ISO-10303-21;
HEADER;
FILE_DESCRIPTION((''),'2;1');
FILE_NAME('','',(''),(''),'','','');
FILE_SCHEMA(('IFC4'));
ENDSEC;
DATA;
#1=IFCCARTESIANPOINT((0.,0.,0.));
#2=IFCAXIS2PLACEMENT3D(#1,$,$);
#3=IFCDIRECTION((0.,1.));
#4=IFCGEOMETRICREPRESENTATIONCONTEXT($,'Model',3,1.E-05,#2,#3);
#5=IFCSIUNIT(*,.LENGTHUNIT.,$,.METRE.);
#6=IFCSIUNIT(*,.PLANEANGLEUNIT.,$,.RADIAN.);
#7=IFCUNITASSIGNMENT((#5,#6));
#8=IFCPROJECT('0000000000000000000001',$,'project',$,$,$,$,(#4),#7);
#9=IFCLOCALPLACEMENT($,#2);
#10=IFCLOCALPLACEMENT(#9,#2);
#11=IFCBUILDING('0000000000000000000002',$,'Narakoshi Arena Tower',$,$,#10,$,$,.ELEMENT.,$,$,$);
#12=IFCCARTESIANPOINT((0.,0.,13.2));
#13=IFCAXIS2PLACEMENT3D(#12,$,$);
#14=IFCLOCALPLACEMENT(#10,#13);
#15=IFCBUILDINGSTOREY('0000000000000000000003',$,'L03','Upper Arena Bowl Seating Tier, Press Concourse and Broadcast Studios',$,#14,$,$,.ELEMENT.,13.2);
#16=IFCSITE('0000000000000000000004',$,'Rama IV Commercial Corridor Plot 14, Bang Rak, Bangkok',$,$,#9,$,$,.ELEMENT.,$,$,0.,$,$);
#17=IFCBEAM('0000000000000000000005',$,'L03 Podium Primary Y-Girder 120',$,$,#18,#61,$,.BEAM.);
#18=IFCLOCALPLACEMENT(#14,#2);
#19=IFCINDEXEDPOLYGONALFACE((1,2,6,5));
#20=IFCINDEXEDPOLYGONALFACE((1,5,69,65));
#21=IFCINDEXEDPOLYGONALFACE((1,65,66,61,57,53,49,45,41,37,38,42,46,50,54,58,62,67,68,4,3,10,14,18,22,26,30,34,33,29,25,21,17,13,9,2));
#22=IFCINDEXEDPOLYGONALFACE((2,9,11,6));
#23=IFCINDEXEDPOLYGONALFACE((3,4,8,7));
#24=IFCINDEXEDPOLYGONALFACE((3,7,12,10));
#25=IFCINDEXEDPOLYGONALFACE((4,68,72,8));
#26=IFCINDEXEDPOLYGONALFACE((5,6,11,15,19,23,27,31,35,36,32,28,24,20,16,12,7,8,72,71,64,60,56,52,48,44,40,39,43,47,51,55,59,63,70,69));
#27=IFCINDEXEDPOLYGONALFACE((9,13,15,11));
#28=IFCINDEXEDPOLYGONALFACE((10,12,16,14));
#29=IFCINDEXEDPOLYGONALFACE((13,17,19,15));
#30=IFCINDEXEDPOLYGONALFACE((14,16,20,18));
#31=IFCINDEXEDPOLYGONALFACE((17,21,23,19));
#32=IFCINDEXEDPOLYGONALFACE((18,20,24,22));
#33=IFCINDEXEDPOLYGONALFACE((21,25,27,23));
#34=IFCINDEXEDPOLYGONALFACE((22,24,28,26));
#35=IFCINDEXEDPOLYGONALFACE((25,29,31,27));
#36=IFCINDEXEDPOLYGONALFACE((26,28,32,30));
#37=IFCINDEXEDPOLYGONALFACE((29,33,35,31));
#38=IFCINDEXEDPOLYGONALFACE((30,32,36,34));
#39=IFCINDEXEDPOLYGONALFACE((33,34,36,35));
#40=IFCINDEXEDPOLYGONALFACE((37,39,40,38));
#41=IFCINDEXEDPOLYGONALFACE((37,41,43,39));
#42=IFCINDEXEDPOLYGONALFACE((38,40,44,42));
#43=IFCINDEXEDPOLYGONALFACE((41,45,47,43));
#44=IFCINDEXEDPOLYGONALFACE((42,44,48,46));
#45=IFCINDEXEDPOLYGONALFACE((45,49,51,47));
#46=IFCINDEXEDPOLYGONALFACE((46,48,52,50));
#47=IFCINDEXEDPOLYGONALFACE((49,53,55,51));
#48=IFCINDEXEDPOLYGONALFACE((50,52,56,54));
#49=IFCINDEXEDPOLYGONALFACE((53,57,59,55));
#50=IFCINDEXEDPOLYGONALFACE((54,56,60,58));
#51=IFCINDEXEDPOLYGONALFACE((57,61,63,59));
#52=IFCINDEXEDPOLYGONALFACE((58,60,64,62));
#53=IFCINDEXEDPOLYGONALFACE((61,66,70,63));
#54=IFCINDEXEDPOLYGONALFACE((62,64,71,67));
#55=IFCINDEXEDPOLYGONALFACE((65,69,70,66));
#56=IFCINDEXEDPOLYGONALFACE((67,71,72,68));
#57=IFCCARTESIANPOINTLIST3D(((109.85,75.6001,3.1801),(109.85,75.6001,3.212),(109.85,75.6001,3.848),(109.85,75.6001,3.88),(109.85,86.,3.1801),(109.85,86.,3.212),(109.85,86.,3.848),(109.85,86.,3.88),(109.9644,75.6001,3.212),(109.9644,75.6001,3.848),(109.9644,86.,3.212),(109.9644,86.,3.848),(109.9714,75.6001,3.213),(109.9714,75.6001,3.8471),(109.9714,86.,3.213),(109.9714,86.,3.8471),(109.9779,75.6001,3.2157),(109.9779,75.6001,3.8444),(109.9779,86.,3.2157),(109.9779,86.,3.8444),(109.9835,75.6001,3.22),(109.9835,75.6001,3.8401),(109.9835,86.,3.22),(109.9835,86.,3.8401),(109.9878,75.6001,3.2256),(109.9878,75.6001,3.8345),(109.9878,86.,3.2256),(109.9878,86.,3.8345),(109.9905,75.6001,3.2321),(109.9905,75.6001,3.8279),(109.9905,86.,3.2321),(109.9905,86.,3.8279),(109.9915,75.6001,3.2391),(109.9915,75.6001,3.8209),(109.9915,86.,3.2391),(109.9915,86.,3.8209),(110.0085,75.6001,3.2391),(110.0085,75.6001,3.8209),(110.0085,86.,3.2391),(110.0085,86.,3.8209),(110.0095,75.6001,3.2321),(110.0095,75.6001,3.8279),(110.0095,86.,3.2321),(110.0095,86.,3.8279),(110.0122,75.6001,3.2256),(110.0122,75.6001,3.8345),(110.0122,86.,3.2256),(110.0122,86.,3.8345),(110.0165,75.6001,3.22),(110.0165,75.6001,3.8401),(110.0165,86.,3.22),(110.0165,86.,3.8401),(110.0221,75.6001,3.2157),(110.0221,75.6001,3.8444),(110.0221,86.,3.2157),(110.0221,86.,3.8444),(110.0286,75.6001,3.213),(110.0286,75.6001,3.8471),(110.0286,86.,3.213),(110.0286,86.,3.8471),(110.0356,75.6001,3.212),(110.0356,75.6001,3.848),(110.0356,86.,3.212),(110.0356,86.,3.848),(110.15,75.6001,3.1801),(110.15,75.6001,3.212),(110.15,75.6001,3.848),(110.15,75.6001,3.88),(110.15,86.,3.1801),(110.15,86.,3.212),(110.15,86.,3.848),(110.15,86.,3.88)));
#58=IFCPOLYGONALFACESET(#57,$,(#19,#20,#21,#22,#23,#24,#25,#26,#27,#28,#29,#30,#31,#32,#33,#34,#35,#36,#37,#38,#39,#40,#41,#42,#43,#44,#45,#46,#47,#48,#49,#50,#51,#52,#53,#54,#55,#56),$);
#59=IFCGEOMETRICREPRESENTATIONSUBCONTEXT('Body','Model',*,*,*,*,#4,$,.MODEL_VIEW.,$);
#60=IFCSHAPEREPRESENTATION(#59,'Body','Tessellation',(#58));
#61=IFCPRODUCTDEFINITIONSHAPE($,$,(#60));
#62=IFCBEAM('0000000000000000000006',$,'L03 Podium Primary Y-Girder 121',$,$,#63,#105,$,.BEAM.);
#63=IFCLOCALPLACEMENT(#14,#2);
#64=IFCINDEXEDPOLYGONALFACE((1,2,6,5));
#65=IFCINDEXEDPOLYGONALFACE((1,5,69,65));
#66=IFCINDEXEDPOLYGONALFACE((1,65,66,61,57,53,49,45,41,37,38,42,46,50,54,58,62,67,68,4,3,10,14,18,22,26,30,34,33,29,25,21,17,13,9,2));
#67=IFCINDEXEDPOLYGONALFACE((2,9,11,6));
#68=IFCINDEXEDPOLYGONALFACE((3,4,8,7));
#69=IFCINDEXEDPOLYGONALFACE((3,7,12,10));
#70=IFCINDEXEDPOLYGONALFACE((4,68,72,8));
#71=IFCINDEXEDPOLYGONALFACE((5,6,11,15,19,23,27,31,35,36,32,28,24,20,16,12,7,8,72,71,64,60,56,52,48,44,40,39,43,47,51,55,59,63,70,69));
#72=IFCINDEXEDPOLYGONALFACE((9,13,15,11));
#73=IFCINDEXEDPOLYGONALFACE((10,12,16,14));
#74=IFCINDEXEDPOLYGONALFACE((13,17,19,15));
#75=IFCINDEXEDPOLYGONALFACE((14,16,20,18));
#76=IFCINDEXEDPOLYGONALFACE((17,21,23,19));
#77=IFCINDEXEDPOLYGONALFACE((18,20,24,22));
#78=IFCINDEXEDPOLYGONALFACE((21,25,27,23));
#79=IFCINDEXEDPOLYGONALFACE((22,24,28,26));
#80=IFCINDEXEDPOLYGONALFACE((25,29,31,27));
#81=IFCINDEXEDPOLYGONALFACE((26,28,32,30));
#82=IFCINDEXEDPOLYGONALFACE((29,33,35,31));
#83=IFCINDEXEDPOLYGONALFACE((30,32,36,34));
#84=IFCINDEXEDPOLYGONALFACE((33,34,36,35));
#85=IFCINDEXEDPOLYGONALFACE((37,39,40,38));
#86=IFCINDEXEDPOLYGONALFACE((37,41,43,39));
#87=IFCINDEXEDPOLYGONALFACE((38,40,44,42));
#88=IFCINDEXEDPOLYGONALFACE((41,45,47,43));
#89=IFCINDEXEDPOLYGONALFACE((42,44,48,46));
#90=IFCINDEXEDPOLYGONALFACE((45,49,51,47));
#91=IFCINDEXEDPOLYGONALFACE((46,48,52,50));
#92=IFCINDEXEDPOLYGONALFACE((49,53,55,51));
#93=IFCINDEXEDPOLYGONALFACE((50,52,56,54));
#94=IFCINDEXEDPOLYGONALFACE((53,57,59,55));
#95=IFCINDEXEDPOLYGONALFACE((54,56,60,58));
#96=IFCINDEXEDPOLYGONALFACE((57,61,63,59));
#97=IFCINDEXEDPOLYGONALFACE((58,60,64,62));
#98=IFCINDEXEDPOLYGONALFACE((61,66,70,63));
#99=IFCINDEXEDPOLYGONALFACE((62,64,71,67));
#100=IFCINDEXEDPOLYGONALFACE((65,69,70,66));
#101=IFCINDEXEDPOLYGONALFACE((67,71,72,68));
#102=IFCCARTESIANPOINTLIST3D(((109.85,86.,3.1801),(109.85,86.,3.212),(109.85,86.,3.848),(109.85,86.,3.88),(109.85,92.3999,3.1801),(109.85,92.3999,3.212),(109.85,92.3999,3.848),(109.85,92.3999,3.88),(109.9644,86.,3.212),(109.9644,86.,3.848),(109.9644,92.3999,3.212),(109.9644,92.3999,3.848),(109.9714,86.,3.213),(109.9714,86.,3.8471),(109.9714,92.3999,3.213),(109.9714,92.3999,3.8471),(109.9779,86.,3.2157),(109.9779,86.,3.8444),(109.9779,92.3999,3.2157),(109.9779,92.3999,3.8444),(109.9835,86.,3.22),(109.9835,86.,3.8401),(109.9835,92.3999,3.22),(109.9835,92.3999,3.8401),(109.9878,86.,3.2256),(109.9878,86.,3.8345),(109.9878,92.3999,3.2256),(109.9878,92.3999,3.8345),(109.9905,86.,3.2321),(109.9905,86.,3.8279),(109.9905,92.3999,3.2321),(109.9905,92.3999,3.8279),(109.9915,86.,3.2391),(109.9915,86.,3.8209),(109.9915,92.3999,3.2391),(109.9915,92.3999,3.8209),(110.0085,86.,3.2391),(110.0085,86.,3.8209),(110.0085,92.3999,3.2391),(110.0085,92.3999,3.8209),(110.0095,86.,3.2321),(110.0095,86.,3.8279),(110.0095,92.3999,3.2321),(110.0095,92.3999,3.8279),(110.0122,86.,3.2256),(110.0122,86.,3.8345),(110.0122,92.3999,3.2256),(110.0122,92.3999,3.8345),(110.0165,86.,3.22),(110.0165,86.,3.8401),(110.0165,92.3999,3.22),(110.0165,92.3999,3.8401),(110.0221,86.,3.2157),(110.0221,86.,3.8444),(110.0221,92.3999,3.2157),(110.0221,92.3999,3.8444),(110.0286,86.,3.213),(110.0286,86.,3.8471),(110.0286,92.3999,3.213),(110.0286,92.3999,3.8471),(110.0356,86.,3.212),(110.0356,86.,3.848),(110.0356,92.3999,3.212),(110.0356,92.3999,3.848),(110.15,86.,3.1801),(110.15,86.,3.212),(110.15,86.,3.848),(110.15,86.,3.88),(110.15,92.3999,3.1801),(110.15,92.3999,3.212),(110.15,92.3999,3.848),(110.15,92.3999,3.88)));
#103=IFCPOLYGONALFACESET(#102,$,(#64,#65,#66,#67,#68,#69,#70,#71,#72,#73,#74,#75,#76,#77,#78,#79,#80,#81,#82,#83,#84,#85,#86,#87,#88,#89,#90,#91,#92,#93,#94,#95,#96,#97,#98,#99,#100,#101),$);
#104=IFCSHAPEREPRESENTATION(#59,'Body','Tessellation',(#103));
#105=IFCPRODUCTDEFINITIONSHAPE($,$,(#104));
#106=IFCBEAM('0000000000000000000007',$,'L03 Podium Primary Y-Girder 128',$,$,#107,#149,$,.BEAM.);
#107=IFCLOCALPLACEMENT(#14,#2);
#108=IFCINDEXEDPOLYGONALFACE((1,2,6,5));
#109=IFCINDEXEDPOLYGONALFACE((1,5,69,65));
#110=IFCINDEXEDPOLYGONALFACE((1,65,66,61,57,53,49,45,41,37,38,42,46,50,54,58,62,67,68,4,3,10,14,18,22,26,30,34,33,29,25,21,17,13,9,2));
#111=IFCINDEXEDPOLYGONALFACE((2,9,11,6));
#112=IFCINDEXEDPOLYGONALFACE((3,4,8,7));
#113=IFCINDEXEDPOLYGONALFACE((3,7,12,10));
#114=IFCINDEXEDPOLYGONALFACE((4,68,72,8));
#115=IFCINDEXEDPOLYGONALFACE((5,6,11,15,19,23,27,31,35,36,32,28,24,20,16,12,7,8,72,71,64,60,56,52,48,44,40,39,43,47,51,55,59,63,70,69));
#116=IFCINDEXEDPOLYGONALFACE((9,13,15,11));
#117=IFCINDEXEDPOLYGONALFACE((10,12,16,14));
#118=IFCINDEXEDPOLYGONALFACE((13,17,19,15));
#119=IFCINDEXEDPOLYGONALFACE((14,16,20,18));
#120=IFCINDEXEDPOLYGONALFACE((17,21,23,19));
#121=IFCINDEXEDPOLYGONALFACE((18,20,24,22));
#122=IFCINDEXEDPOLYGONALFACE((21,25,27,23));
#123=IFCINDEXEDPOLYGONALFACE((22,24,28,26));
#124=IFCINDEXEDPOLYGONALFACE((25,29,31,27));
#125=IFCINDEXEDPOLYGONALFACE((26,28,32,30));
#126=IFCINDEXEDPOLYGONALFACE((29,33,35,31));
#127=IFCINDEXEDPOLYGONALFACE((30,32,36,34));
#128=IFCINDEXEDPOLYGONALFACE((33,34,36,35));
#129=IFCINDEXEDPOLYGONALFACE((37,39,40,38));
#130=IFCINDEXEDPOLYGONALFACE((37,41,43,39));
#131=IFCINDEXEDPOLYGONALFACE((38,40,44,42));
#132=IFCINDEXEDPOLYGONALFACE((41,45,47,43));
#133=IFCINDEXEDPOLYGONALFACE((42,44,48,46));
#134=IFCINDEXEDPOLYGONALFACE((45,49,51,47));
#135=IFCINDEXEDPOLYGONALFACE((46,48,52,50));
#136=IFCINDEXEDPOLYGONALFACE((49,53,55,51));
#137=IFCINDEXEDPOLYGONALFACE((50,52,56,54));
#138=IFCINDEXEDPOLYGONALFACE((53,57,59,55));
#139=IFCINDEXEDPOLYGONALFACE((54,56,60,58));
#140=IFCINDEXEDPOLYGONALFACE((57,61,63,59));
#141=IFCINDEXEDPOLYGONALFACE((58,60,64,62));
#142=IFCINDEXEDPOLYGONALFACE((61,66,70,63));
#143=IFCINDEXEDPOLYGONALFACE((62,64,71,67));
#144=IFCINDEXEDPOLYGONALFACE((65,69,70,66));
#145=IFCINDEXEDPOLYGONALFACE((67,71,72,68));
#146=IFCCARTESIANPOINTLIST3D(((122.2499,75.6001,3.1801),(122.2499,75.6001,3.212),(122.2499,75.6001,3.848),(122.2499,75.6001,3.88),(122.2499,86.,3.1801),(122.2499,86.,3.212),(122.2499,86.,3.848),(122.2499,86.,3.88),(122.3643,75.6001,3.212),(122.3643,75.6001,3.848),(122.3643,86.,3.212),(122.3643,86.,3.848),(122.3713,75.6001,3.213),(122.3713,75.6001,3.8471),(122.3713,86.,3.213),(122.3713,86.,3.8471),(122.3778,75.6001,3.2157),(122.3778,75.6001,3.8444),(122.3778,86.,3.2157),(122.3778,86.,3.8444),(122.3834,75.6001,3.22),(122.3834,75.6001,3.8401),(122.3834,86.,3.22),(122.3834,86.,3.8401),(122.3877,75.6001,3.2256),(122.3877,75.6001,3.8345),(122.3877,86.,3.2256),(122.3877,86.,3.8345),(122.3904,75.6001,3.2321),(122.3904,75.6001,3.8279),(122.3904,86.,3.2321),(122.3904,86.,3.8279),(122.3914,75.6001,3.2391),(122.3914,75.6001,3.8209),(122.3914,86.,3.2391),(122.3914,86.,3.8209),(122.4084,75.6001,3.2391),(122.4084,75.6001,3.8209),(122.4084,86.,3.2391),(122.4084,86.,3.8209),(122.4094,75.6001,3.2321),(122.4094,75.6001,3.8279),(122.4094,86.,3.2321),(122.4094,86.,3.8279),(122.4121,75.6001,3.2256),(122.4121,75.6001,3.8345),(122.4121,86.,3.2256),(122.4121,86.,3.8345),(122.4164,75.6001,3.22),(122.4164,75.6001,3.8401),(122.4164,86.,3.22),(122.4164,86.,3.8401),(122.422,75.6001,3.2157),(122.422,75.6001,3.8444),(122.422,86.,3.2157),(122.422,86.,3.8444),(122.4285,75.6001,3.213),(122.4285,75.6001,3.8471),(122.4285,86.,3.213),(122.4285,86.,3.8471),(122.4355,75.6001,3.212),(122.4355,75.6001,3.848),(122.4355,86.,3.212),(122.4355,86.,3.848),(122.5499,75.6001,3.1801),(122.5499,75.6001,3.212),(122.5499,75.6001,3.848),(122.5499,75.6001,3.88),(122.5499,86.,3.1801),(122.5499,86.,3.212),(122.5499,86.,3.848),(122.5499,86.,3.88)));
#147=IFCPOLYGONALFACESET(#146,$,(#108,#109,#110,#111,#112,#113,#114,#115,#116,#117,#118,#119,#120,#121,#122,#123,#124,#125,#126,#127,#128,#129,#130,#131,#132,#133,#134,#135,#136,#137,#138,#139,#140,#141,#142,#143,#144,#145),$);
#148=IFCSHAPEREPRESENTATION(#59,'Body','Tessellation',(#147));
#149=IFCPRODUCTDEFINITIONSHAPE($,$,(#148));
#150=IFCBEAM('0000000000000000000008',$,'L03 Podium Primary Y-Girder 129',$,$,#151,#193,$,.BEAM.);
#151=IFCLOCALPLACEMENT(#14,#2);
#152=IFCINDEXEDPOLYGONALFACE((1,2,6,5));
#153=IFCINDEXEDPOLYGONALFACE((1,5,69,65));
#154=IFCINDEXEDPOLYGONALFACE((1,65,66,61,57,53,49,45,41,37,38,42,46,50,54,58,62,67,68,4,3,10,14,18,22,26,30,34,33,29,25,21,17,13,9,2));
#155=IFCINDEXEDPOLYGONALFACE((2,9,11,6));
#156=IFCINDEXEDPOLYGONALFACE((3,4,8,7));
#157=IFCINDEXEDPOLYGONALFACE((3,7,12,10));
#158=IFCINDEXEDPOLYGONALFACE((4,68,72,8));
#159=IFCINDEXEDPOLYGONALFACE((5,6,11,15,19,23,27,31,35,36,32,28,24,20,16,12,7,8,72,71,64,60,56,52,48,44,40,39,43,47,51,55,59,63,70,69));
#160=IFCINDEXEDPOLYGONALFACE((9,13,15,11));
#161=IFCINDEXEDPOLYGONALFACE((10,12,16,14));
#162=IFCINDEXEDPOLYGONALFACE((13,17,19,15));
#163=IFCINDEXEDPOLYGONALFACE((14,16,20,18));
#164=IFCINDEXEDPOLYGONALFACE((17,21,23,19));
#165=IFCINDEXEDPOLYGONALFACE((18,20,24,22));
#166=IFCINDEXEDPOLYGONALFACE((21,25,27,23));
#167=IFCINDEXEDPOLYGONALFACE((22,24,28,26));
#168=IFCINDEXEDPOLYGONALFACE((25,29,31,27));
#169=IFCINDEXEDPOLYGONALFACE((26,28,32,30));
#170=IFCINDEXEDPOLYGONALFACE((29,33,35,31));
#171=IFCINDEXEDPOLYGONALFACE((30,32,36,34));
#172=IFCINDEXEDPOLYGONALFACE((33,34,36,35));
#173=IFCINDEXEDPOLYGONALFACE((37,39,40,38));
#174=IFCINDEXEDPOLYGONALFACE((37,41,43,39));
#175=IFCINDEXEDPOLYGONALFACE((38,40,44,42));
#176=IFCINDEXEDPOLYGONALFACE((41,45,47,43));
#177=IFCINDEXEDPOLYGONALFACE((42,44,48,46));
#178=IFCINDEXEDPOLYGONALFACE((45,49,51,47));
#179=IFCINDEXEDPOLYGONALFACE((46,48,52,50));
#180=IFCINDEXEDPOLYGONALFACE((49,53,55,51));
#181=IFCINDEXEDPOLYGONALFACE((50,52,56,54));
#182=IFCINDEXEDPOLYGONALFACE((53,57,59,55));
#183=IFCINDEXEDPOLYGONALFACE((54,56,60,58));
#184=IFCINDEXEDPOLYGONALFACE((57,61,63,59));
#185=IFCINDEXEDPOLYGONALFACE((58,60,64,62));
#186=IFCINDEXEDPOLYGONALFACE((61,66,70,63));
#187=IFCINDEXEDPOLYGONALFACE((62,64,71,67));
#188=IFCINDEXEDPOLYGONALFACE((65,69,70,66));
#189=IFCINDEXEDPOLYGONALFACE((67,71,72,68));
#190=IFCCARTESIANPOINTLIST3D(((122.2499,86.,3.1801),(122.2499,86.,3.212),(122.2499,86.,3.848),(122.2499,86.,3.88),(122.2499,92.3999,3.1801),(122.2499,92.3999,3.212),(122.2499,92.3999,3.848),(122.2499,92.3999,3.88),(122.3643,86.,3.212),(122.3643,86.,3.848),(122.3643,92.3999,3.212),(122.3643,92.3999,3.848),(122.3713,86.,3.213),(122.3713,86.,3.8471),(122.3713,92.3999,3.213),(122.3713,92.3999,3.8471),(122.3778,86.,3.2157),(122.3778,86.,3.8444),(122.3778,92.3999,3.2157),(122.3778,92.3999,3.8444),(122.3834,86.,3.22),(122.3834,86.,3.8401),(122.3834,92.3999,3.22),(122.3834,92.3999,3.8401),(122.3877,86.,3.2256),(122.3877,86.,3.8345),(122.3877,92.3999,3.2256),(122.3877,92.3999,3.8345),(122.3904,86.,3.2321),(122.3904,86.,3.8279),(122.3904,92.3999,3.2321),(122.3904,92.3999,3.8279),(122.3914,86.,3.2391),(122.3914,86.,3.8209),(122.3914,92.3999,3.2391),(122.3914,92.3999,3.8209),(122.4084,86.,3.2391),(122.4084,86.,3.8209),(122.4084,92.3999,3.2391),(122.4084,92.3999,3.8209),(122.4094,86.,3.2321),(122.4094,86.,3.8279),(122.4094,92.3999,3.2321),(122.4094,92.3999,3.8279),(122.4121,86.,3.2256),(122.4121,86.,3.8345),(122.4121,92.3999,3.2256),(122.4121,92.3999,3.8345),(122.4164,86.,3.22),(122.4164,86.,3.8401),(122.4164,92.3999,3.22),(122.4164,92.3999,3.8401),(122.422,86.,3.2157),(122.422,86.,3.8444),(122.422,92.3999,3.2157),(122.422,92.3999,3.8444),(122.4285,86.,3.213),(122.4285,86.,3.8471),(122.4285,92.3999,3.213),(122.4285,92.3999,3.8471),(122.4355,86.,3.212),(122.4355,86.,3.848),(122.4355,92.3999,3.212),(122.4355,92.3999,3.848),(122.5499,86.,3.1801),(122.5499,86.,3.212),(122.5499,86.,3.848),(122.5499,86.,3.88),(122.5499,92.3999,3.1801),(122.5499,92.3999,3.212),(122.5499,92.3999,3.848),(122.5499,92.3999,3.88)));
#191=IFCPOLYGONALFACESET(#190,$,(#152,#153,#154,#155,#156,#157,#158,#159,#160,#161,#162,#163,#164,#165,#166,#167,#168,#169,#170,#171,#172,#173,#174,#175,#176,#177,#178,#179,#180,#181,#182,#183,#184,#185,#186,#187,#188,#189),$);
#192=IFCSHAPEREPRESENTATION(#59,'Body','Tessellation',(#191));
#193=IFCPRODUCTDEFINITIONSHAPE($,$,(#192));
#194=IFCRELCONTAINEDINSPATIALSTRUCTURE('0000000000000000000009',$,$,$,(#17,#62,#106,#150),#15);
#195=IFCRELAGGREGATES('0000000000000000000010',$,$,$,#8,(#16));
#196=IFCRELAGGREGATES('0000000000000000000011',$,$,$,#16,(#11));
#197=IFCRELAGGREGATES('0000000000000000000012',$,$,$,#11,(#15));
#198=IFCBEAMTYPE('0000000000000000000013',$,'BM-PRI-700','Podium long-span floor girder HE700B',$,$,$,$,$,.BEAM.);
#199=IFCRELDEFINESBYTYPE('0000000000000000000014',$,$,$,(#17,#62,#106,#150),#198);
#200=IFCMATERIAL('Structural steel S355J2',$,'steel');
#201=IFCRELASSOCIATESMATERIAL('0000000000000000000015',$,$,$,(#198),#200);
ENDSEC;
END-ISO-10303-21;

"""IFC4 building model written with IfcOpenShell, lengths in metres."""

from ifc_helpers import new_model, si_unit, direction, frame, origin, origin_2d, place, context, subcontext, project, spatial, i_section, extrude, material, material_profile, profile_set, type_object, element, save


model = new_model("IFC4")

# Units and contexts
model_context = context("Model", 3, precision=1e-05, world=origin(), true_north=direction((0.0, 1.0)))
body_context = subcontext(model_context, "Body", "Model", "MODEL_VIEW")
ifc_project = project(units=[si_unit("LENGTHUNIT", "METRE"), si_unit("PLANEANGLEUNIT", "RADIAN")], contexts=[model_context])

# Site, building, storey
site_placement = place(None, origin())
site = spatial("IfcSite", under=ifc_project, at=site_placement, Name="Rama IV Commercial Corridor Plot 14, Bang Rak, Bangkok", CompositionType="ELEMENT", RefElevation=0.0)
building_placement = place(site_placement, origin())
building = spatial("IfcBuilding", under=site, at=building_placement, Name="Narakoshi Arena Tower", CompositionType="ELEMENT")
storey_placement = place(building_placement, frame((0.0, 0.0, 13.2)))
storey = spatial("IfcBuildingStorey", under=building, at=storey_placement, Name="L03", Description="Upper Arena Bowl Seating Tier, Press Concourse and Broadcast Studios", CompositionType="ELEMENT", Elevation=13.2)

# Beams
ifc_material_1 = material(Name="Structural steel S355J2", Category="steel")
ifc_material_profile_1 = material_profile(ifc_material_1, i_section(OverallWidth=0.3, OverallDepth=0.7, WebThickness=0.0171, FlangeThickness=0.032, FilletRadius=0.0271, at=origin_2d()), Name="HE700B")
ifc_profile_set_1 = profile_set([ifc_material_profile_1], Name="Structural steel S355J2")
beam_type_1 = type_object("IfcBeamType", Name="BM-PRI-700", Description="Podium long-span floor girder HE700B", PredefinedType="BEAM", material=ifc_profile_set_1)
beam_1_placement = place(storey_placement, frame((110.0, 75.6001, 3.53), z_axis=(0.0, 1.0, 0.0), x_axis=(-1.0, 0.0, 0.0)))
element("IfcBeam", 1, at=beam_1_placement, inside=storey, type_object=beam_type_1, Name="L03 Podium Primary Y-Girder 120", PredefinedType="BEAM", context=body_context, shape_type="SweptSolid", body=[
    extrude(i_section(OverallWidth=0.3, OverallDepth=0.7, WebThickness=0.0171, FlangeThickness=0.032, FilletRadius=0.0271, at=origin_2d()), origin(), (0.0, 0.0, 1.0), 10.3999),
])
beam_2_placement = place(storey_placement, frame((110.0, 86.0, 3.53), z_axis=(0.0, 1.0, 0.0), x_axis=(-1.0, 0.0, 0.0)))
element("IfcBeam", 2, at=beam_2_placement, inside=storey, type_object=beam_type_1, Name="L03 Podium Primary Y-Girder 121", PredefinedType="BEAM", context=body_context, shape_type="SweptSolid", body=[
    extrude(i_section(OverallWidth=0.3, OverallDepth=0.7, WebThickness=0.0171, FlangeThickness=0.032, FilletRadius=0.0271, at=origin_2d()), origin(), (0.0, 0.0, 1.0), 6.3999),
])
beam_3_placement = place(storey_placement, frame((122.3999, 75.6001, 3.53), z_axis=(0.0, 1.0, 0.0), x_axis=(-1.0, 0.0, 0.0)))
element("IfcBeam", 3, at=beam_3_placement, inside=storey, type_object=beam_type_1, Name="L03 Podium Primary Y-Girder 128", PredefinedType="BEAM", context=body_context, shape_type="SweptSolid", body=[
    extrude(i_section(OverallWidth=0.3, OverallDepth=0.7, WebThickness=0.0171, FlangeThickness=0.032, FilletRadius=0.0271, at=origin_2d()), origin(), (0.0, 0.0, 1.0), 10.3999),
])
beam_4_placement = place(storey_placement, frame((122.3999, 86.0, 3.53), z_axis=(0.0, 1.0, 0.0), x_axis=(-1.0, 0.0, 0.0)))
element("IfcBeam", 4, at=beam_4_placement, inside=storey, type_object=beam_type_1, Name="L03 Podium Primary Y-Girder 129", PredefinedType="BEAM", context=body_context, shape_type="SweptSolid", body=[
    extrude(i_section(OverallWidth=0.3, OverallDepth=0.7, WebThickness=0.0171, FlangeThickness=0.032, FilletRadius=0.0271, at=origin_2d()), origin(), (0.0, 0.0, 1.0), 6.3999),
])

save(model, "model.ifc")
